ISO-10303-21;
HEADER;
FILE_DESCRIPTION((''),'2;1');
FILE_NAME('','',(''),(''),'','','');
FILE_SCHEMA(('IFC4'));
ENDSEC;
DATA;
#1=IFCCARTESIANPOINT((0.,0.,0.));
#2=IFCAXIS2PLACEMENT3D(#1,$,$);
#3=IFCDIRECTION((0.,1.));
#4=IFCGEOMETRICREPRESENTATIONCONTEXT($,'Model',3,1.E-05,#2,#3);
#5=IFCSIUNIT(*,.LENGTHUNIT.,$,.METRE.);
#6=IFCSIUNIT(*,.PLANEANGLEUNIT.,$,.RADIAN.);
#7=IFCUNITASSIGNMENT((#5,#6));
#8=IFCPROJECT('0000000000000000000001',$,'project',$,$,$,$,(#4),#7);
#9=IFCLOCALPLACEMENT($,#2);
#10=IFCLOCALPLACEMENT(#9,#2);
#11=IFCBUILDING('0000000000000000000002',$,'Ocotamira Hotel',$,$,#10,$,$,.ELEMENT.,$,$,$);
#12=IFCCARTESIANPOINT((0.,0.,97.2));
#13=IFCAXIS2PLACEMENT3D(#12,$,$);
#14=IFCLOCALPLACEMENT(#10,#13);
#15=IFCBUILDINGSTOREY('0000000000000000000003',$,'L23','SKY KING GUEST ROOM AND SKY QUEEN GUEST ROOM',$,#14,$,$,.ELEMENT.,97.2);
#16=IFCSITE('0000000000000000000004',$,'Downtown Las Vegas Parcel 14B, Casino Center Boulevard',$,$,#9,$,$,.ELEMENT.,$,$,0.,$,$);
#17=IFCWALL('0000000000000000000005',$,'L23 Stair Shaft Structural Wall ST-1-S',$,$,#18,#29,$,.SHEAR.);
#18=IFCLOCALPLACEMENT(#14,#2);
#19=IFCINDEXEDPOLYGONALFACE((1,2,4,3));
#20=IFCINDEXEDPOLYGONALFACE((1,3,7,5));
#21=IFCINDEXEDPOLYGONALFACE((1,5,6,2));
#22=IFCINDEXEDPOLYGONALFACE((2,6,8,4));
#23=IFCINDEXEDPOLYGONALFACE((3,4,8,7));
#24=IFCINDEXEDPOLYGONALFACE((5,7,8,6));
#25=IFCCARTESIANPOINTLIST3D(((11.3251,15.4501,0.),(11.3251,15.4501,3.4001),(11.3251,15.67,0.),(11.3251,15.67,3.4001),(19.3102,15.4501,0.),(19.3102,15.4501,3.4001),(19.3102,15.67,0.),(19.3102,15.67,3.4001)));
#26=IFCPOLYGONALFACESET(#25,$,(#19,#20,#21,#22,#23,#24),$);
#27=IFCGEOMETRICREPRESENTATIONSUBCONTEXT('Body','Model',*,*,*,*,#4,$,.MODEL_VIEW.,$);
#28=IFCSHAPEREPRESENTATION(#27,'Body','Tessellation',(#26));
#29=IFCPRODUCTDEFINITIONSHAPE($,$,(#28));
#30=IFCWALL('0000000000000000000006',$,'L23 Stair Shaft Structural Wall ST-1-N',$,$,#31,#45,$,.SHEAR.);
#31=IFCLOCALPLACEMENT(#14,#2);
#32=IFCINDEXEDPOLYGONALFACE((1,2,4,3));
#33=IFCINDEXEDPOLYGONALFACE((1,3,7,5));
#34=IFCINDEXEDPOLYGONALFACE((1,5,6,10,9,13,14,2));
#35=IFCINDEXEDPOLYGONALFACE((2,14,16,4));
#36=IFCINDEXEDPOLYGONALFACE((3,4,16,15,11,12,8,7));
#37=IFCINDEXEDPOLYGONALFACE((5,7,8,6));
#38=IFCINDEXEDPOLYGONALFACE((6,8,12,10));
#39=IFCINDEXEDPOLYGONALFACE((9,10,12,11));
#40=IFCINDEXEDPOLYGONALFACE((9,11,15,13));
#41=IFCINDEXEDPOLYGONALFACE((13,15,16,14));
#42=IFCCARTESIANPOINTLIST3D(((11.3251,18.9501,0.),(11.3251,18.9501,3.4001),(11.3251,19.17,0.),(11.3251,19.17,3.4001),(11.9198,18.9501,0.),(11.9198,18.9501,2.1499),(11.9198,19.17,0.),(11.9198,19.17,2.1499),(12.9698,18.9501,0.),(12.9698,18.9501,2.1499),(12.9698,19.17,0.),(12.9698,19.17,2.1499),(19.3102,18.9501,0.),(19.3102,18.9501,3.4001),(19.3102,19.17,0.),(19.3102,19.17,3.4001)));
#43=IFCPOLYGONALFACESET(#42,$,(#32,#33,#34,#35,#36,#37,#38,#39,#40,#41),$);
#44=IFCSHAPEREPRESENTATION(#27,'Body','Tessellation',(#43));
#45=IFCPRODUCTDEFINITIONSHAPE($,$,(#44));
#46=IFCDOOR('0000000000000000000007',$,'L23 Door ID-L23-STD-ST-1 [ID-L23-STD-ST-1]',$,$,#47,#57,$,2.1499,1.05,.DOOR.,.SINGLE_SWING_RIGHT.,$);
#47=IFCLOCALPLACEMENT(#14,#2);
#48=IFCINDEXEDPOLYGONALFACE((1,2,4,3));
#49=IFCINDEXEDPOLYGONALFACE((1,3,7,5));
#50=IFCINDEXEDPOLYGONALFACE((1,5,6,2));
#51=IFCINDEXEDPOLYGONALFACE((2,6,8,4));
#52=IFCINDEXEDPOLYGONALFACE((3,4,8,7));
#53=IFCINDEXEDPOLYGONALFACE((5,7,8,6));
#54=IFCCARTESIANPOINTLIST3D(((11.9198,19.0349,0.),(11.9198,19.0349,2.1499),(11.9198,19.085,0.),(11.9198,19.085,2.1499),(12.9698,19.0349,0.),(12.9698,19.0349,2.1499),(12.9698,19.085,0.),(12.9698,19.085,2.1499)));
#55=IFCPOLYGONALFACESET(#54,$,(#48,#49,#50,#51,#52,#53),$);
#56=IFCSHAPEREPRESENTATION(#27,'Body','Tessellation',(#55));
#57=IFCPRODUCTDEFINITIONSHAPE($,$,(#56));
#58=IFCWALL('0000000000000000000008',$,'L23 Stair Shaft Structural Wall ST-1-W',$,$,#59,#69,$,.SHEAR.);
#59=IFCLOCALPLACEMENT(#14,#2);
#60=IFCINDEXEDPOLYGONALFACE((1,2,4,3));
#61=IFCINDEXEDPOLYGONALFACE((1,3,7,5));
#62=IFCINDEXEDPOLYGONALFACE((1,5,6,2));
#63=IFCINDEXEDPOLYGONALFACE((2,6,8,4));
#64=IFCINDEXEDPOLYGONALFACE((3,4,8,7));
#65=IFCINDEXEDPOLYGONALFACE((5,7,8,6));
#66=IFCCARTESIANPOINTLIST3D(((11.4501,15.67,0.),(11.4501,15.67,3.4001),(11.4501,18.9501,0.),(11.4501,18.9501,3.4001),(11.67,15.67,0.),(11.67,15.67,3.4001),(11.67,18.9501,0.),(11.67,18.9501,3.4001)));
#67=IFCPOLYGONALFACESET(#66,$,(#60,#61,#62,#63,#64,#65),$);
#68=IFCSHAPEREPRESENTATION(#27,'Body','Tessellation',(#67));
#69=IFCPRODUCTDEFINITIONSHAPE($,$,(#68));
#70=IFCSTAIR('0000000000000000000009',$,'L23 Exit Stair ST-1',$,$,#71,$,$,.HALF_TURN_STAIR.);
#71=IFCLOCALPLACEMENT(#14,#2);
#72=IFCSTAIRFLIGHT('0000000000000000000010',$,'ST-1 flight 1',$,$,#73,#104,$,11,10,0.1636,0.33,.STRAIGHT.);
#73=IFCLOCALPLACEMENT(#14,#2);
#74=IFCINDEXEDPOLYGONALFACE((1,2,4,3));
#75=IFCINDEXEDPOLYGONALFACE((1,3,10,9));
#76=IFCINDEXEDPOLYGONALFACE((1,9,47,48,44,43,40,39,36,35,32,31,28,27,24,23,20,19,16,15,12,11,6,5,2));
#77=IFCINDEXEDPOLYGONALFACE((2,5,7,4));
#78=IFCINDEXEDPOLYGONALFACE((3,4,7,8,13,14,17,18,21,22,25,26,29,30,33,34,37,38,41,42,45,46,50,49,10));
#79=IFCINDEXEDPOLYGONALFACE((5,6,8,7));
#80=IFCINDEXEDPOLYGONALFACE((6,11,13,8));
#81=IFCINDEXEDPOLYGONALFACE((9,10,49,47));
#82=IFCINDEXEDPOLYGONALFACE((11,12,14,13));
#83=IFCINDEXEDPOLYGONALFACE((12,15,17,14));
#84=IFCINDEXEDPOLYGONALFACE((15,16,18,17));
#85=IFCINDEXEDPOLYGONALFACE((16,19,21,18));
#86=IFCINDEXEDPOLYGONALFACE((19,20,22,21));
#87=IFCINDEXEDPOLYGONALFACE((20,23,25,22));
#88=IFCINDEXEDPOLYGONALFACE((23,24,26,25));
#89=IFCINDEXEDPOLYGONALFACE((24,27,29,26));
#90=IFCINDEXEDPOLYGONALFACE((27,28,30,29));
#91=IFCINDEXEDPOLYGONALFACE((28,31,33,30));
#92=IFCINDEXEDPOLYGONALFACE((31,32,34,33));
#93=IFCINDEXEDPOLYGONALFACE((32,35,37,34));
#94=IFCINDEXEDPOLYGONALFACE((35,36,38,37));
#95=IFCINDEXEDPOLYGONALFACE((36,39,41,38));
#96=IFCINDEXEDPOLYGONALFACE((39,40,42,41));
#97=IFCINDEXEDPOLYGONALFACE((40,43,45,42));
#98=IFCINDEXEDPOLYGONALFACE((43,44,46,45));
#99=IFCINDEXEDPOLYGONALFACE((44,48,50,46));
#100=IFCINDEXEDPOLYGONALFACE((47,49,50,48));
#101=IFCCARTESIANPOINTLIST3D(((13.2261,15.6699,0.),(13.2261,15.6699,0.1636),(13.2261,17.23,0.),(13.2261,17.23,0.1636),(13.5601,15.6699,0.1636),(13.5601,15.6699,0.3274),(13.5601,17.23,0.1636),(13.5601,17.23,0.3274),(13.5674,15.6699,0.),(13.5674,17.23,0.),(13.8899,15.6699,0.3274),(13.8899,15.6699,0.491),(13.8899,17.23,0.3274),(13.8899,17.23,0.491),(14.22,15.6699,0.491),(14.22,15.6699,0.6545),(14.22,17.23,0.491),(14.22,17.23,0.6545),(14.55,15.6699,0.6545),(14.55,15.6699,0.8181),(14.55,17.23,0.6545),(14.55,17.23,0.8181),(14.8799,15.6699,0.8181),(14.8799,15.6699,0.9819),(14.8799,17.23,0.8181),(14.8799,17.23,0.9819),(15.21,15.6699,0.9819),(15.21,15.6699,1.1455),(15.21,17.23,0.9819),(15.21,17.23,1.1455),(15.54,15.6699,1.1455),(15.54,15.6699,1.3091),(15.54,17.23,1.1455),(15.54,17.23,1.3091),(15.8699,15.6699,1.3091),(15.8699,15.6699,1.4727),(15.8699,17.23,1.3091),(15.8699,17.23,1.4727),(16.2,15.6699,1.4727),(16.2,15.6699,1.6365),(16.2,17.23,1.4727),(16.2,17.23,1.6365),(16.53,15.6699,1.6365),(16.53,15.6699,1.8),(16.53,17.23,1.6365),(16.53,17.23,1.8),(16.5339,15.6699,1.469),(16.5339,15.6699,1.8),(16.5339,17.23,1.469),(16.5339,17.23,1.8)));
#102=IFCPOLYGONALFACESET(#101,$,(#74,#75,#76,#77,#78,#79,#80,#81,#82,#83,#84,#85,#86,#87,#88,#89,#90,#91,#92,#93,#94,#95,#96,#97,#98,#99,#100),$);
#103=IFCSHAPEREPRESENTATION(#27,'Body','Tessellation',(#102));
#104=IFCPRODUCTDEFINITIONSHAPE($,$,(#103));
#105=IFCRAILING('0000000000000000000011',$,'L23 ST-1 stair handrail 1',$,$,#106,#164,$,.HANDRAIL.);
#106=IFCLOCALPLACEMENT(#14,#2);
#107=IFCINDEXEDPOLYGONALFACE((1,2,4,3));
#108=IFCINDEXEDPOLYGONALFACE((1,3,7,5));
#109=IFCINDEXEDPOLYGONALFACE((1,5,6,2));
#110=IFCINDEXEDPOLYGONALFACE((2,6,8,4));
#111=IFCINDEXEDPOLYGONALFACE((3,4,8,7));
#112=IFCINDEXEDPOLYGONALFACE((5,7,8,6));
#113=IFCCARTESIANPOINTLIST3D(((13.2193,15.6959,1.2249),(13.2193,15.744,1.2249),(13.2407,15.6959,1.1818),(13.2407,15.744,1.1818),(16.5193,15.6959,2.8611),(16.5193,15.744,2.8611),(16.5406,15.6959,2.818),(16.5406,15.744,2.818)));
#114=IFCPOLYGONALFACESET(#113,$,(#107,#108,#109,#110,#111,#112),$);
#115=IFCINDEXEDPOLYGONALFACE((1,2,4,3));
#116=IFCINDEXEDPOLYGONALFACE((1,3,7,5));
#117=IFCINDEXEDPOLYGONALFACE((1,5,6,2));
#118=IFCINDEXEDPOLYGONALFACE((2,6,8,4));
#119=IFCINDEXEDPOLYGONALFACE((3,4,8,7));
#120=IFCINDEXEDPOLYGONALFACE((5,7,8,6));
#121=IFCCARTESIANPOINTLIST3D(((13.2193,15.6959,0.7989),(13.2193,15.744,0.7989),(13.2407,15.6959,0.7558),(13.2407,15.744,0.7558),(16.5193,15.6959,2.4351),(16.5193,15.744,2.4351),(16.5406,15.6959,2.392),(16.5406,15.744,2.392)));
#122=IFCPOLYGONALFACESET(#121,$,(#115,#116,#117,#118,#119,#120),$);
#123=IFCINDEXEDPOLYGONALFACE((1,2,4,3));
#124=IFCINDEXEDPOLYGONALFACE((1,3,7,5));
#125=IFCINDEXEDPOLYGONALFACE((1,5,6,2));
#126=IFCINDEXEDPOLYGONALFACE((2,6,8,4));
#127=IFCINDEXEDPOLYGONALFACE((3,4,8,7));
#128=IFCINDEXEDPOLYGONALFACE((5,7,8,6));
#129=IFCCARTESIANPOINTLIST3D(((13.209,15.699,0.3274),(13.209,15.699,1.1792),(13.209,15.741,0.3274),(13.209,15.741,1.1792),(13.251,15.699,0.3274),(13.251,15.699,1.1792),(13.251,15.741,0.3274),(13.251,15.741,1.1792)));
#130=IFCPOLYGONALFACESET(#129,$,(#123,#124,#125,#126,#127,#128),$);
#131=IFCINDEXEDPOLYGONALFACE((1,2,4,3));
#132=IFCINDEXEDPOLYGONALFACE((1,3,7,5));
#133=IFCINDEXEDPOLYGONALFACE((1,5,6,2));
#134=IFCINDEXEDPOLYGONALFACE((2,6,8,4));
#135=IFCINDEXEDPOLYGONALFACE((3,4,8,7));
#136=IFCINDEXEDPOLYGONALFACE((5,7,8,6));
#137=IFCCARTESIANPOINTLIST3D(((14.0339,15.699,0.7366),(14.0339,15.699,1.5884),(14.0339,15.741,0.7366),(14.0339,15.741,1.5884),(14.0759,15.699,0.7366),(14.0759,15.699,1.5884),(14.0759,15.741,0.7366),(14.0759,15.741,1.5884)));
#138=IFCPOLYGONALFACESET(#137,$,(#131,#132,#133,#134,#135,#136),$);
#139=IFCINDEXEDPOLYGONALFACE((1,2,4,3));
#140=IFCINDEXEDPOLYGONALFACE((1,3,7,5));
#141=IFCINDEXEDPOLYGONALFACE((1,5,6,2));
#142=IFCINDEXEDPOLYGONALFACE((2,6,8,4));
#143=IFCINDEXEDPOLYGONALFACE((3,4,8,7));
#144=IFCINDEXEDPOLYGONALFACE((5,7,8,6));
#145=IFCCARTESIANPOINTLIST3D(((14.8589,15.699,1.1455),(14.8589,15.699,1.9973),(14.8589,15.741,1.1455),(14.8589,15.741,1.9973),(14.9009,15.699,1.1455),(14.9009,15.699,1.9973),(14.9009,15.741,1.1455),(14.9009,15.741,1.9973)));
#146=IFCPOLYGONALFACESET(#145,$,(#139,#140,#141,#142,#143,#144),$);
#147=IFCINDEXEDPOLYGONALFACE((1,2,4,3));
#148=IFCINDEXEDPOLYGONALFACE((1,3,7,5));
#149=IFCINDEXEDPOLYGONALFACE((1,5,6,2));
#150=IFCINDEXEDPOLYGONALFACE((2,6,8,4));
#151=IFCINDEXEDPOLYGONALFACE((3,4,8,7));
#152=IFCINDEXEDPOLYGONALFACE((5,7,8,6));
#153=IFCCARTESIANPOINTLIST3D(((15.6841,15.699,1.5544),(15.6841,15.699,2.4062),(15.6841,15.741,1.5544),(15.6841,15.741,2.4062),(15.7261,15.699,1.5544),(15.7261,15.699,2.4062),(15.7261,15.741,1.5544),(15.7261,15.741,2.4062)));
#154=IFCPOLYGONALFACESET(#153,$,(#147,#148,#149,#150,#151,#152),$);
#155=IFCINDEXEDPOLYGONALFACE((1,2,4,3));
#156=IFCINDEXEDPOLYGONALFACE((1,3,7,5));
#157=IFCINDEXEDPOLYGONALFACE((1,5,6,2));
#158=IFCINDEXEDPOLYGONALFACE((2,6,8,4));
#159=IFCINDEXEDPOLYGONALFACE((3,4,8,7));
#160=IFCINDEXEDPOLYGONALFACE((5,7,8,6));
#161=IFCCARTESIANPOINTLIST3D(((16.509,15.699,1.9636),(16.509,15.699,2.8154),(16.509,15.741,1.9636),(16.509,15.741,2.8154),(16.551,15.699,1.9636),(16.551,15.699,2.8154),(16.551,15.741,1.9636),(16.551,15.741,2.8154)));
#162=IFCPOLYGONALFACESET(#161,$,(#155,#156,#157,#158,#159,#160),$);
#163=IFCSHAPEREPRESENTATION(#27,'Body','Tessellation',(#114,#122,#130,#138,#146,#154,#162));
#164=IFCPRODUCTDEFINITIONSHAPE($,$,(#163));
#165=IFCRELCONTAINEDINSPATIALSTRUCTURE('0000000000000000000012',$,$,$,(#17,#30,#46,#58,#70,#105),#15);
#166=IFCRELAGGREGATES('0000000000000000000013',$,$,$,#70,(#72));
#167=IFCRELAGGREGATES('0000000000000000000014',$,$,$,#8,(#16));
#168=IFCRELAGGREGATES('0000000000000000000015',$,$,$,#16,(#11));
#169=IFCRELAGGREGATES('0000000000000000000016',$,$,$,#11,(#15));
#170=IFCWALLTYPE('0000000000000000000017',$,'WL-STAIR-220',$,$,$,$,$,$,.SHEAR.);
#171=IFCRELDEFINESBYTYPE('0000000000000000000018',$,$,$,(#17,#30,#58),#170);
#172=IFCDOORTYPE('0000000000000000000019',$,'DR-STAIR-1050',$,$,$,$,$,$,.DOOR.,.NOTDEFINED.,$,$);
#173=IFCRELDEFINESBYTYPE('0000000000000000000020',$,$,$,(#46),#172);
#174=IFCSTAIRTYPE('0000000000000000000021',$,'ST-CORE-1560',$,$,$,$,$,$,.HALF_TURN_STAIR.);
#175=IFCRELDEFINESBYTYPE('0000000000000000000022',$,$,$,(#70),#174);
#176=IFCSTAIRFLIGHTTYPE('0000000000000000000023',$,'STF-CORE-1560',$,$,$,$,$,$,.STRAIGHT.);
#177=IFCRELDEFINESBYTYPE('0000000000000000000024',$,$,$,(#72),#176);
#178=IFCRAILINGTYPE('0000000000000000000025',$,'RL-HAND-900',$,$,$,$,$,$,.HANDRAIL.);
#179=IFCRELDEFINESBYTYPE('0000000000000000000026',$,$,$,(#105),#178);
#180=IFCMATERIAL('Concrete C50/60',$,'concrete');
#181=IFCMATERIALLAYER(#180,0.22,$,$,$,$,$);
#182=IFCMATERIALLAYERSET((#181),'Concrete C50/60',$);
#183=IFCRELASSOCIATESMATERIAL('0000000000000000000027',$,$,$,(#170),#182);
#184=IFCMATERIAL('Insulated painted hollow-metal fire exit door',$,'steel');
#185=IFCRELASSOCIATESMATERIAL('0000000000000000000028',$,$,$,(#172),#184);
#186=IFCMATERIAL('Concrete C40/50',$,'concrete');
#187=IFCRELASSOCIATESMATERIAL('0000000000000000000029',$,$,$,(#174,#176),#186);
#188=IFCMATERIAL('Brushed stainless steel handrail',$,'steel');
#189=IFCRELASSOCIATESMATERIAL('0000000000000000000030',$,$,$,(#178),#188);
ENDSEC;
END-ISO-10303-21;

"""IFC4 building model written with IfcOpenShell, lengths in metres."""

from ifc_helpers import new_model, si_unit, direction, frame, frame_2d, origin, origin_2d, place, context, subcontext, project, spatial, polyline, rectangle, outline, extrude, source, transform, mapped, material, layer, layer_set, type_object, element, fill, aggregate, save


model = new_model("IFC4")

# Units and contexts
model_context = context("Model", 3, precision=1e-05, world=origin(), true_north=direction((0.0, 1.0)))
body_context = subcontext(model_context, "Body", "Model", "MODEL_VIEW")
ifc_project = project(units=[si_unit("LENGTHUNIT", "METRE"), si_unit("PLANEANGLEUNIT", "RADIAN")], contexts=[model_context])

# Site, building, storey
site_placement = place(None, origin())
site = spatial("IfcSite", under=ifc_project, at=site_placement, Name="Downtown Las Vegas Parcel 14B, Casino Center Boulevard", CompositionType="ELEMENT", RefElevation=0.0)
building_placement = place(site_placement, origin())
building = spatial("IfcBuilding", under=site, at=building_placement, Name="Ocotamira Hotel", CompositionType="ELEMENT")
storey_placement = place(building_placement, frame((0.0, 0.0, 97.2)))
storey = spatial("IfcBuildingStorey", under=building, at=storey_placement, Name="L23", Description="SKY KING GUEST ROOM AND SKY QUEEN GUEST ROOM", CompositionType="ELEMENT", Elevation=97.2)

# Wall
ifc_material_1 = material(Name="Concrete C50/60", Category="concrete")
ifc_layer_1 = layer(ifc_material_1, 0.22)
ifc_layer_set_1 = layer_set([ifc_layer_1], Name="Concrete C50/60")
wall_type_1 = type_object("IfcWallType", Name="WL-STAIR-220", PredefinedType="SHEAR", material=ifc_layer_set_1)
wall_1_placement = place(storey_placement, frame((11.325, 15.5601, 0.0), z_axis=(0.0, 0.0, 1.0), x_axis=(1.0, 0.0, 0.0)))
element("IfcWall", 1, at=wall_1_placement, inside=storey, type_object=wall_type_1, Name="L23 Stair Shaft Structural Wall ST-1-S", PredefinedType="SHEAR", context=body_context, shape_type="SweptSolid", body=[
    extrude(rectangle(XDim=7.9851, YDim=0.22, at=frame_2d((3.9927, 0.0))), origin(), (0.0, 0.0, 1.0), 3.4001),
])

# Wall, opening, door
wall_2_placement = place(storey_placement, frame((11.325, 19.0601, 0.0), z_axis=(0.0, 0.0, 1.0), x_axis=(1.0, 0.0, 0.0)))
wall_2 = element("IfcWall", 2, at=wall_2_placement, inside=storey, type_object=wall_type_1, Name="L23 Stair Shaft Structural Wall ST-1-N", PredefinedType="SHEAR", context=body_context, shape_type="SweptSolid", body=[
    extrude(rectangle(XDim=7.9851, YDim=0.22, at=frame_2d((3.9927, 0.0))), origin(), (0.0, 0.0, 1.0), 3.4001),
])
opening_1_placement = place(wall_2_placement, frame((0.595, 0.0, 0.0)))
opening_1 = element("IfcOpeningElement", 3, at=opening_1_placement, cuts=wall_2, PredefinedType="OPENING", context=body_context, shape_type="SweptSolid", body=[
    extrude(rectangle(XDim=1.05, YDim=2.1499, at=frame_2d((0.5249, 1.075))), frame((0.0, 0.1201, 0.0), z_axis=(0.0, -1.0, 0.0), x_axis=(1.0, 0.0, 0.0)), (0.0, 0.0, 1.0), 0.24),
])
ifc_material_2 = material(Name="Insulated painted hollow-metal fire exit door", Category="steel")
door_type_1 = type_object("IfcDoorType", Name="DR-STAIR-1050", OperationType="NOTDEFINED", PredefinedType="DOOR", material=ifc_material_2)
shared_shape_1 = source(origin(), body_context, "Body", "SweptSolid", [
    extrude(rectangle(XDim=1.05, YDim=2.1499, at=frame_2d((0.5249, 1.075))), frame((0.0, 0.0249, 0.0), z_axis=(0.0, -1.0, 0.0), x_axis=(1.0, 0.0, 0.0)), (0.0, 0.0, 1.0), 0.05),
])
door_1_placement = place(opening_1_placement, origin())
door_1 = element("IfcDoor", 4, at=door_1_placement, inside=storey, type_object=door_type_1, Name="L23 Door ID-L23-STD-ST-1 [ID-L23-STD-ST-1]", OperationType="SINGLE_SWING_RIGHT", OverallHeight=2.1499, OverallWidth=1.05, PredefinedType="DOOR", context=body_context, shape_type="MappedRepresentation", body=[
    mapped(shared_shape_1, transform((0.0, 0.0, 0.0), scale=1.0)),
])
fill(opening_1, door_1)

# Wall
wall_3_placement = place(storey_placement, frame((11.5601, 15.6699, 0.0), z_axis=(0.0, 0.0, 1.0), x_axis=(0.0, 1.0, 0.0)))
element("IfcWall", 5, at=wall_3_placement, inside=storey, type_object=wall_type_1, Name="L23 Stair Shaft Structural Wall ST-1-W", PredefinedType="SHEAR", context=body_context, shape_type="SweptSolid", body=[
    extrude(rectangle(XDim=3.28, YDim=0.22, at=frame_2d((1.6401, 0.0))), origin(), (0.0, 0.0, 1.0), 3.4001),
])

# Stair, stair flight
ifc_material_3 = material(Name="Concrete C40/50", Category="concrete")
stair_type = type_object("IfcStairType", Name="ST-CORE-1560", PredefinedType="HALF_TURN_STAIR", material=ifc_material_3)
stair_placement = place(storey_placement, origin())
stair = element("IfcStair", 6, at=stair_placement, inside=storey, type_object=stair_type, Name="L23 Exit Stair ST-1", PredefinedType="HALF_TURN_STAIR")
stair_flight_type = type_object("IfcStairFlightType", Name="STF-CORE-1560", PredefinedType="STRAIGHT", material=ifc_material_3)
shared_shape_2 = source(origin(), body_context, "Body", "SweptSolid", [
    extrude(outline(polyline([(-0.0039, 0.0), (-0.0039, 0.1636), (0.3301, 0.1636), (0.3301, 0.3274), (0.6599, 0.3274), (0.6599, 0.491), (0.99, 0.491), (0.99, 0.6545), (1.3201, 0.6545), (1.3201, 0.8181), (1.6499, 0.8181), (1.6499, 0.9819), (1.98, 0.9819), (1.98, 1.1455), (2.3101, 1.1455), (2.3101, 1.3091), (2.6399, 1.3091), (2.6399, 1.4727), (2.97, 1.4727), (2.97, 1.6365), (3.3, 1.6365), (3.3, 1.8), (3.304, 1.8), (3.304, 1.469), (0.3374, 0.0), (-0.0039, 0.0)])), frame((0.0, 0.78, 0.0), z_axis=(0.0, -1.0, 0.0), x_axis=(1.0, 0.0, 0.0)), (0.0, 0.0, 1.0), 1.5601),
])
stair_flight_placement = place(storey_placement, frame((13.23, 16.45, 0.0), z_axis=(0.0, 0.0, 1.0), x_axis=(1.0, 0.0, 0.0)))
stair_flight = element("IfcStairFlight", 7, at=stair_flight_placement, type_object=stair_flight_type, Name="ST-1 flight 1", NumberOfRisers=11, NumberOfTreads=10, PredefinedType="STRAIGHT", RiserHeight=0.1636, TreadLength=0.33, context=body_context, shape_type="MappedRepresentation", body=[
    mapped(shared_shape_2, transform((0.0, 0.0, 0.0), scale=1.0)),
])
aggregate(stair, [stair_flight])

# Railing
ifc_material_4 = material(Name="Brushed stainless steel handrail", Category="steel")
railing_type_1 = type_object("IfcRailingType", Name="RL-HAND-900", PredefinedType="HANDRAIL", material=ifc_material_4)
railing_1_placement = place(storey_placement, frame((13.23, 15.72, 0.3274)))
element("IfcRailing", 8, at=railing_1_placement, inside=storey, type_object=railing_type_1, Name="L23 ST-1 stair handrail 1", PredefinedType="HANDRAIL", context=body_context, shape_type="SweptSolid", body=[
    extrude(rectangle(XDim=0.0481, YDim=0.0481, at=origin_2d()), frame((0.0, 0.0, 0.876), z_axis=(0.89592, 0.0, 0.444215), x_axis=(0.0, 1.0, 0.0)), (0.0, 0.0, 1.0), 3.6833),
    extrude(rectangle(XDim=0.0481, YDim=0.0481, at=origin_2d()), frame((0.0, 0.0, 0.45), z_axis=(0.89592, 0.0, 0.444215), x_axis=(0.0, 1.0, 0.0)), (0.0, 0.0, 1.0), 3.6833),
    extrude(rectangle(XDim=0.042, YDim=0.042, at=origin_2d()), origin(), (0.0, 0.0, 1.0), 0.8518),
    extrude(rectangle(XDim=0.042, YDim=0.042, at=origin_2d()), frame((0.825, 0.0, 0.4092)), (0.0, 0.0, 1.0), 0.8518),
    extrude(rectangle(XDim=0.042, YDim=0.042, at=origin_2d()), frame((1.6499, 0.0, 0.8181)), (0.0, 0.0, 1.0), 0.8518),
    extrude(rectangle(XDim=0.042, YDim=0.042, at=origin_2d()), frame((2.4751, 0.0, 1.2271)), (0.0, 0.0, 1.0), 0.8518),
    extrude(rectangle(XDim=0.042, YDim=0.042, at=origin_2d()), frame((3.3, 0.0, 1.6362)), (0.0, 0.0, 1.0), 0.8518),
])

save(model, "model.ifc")
